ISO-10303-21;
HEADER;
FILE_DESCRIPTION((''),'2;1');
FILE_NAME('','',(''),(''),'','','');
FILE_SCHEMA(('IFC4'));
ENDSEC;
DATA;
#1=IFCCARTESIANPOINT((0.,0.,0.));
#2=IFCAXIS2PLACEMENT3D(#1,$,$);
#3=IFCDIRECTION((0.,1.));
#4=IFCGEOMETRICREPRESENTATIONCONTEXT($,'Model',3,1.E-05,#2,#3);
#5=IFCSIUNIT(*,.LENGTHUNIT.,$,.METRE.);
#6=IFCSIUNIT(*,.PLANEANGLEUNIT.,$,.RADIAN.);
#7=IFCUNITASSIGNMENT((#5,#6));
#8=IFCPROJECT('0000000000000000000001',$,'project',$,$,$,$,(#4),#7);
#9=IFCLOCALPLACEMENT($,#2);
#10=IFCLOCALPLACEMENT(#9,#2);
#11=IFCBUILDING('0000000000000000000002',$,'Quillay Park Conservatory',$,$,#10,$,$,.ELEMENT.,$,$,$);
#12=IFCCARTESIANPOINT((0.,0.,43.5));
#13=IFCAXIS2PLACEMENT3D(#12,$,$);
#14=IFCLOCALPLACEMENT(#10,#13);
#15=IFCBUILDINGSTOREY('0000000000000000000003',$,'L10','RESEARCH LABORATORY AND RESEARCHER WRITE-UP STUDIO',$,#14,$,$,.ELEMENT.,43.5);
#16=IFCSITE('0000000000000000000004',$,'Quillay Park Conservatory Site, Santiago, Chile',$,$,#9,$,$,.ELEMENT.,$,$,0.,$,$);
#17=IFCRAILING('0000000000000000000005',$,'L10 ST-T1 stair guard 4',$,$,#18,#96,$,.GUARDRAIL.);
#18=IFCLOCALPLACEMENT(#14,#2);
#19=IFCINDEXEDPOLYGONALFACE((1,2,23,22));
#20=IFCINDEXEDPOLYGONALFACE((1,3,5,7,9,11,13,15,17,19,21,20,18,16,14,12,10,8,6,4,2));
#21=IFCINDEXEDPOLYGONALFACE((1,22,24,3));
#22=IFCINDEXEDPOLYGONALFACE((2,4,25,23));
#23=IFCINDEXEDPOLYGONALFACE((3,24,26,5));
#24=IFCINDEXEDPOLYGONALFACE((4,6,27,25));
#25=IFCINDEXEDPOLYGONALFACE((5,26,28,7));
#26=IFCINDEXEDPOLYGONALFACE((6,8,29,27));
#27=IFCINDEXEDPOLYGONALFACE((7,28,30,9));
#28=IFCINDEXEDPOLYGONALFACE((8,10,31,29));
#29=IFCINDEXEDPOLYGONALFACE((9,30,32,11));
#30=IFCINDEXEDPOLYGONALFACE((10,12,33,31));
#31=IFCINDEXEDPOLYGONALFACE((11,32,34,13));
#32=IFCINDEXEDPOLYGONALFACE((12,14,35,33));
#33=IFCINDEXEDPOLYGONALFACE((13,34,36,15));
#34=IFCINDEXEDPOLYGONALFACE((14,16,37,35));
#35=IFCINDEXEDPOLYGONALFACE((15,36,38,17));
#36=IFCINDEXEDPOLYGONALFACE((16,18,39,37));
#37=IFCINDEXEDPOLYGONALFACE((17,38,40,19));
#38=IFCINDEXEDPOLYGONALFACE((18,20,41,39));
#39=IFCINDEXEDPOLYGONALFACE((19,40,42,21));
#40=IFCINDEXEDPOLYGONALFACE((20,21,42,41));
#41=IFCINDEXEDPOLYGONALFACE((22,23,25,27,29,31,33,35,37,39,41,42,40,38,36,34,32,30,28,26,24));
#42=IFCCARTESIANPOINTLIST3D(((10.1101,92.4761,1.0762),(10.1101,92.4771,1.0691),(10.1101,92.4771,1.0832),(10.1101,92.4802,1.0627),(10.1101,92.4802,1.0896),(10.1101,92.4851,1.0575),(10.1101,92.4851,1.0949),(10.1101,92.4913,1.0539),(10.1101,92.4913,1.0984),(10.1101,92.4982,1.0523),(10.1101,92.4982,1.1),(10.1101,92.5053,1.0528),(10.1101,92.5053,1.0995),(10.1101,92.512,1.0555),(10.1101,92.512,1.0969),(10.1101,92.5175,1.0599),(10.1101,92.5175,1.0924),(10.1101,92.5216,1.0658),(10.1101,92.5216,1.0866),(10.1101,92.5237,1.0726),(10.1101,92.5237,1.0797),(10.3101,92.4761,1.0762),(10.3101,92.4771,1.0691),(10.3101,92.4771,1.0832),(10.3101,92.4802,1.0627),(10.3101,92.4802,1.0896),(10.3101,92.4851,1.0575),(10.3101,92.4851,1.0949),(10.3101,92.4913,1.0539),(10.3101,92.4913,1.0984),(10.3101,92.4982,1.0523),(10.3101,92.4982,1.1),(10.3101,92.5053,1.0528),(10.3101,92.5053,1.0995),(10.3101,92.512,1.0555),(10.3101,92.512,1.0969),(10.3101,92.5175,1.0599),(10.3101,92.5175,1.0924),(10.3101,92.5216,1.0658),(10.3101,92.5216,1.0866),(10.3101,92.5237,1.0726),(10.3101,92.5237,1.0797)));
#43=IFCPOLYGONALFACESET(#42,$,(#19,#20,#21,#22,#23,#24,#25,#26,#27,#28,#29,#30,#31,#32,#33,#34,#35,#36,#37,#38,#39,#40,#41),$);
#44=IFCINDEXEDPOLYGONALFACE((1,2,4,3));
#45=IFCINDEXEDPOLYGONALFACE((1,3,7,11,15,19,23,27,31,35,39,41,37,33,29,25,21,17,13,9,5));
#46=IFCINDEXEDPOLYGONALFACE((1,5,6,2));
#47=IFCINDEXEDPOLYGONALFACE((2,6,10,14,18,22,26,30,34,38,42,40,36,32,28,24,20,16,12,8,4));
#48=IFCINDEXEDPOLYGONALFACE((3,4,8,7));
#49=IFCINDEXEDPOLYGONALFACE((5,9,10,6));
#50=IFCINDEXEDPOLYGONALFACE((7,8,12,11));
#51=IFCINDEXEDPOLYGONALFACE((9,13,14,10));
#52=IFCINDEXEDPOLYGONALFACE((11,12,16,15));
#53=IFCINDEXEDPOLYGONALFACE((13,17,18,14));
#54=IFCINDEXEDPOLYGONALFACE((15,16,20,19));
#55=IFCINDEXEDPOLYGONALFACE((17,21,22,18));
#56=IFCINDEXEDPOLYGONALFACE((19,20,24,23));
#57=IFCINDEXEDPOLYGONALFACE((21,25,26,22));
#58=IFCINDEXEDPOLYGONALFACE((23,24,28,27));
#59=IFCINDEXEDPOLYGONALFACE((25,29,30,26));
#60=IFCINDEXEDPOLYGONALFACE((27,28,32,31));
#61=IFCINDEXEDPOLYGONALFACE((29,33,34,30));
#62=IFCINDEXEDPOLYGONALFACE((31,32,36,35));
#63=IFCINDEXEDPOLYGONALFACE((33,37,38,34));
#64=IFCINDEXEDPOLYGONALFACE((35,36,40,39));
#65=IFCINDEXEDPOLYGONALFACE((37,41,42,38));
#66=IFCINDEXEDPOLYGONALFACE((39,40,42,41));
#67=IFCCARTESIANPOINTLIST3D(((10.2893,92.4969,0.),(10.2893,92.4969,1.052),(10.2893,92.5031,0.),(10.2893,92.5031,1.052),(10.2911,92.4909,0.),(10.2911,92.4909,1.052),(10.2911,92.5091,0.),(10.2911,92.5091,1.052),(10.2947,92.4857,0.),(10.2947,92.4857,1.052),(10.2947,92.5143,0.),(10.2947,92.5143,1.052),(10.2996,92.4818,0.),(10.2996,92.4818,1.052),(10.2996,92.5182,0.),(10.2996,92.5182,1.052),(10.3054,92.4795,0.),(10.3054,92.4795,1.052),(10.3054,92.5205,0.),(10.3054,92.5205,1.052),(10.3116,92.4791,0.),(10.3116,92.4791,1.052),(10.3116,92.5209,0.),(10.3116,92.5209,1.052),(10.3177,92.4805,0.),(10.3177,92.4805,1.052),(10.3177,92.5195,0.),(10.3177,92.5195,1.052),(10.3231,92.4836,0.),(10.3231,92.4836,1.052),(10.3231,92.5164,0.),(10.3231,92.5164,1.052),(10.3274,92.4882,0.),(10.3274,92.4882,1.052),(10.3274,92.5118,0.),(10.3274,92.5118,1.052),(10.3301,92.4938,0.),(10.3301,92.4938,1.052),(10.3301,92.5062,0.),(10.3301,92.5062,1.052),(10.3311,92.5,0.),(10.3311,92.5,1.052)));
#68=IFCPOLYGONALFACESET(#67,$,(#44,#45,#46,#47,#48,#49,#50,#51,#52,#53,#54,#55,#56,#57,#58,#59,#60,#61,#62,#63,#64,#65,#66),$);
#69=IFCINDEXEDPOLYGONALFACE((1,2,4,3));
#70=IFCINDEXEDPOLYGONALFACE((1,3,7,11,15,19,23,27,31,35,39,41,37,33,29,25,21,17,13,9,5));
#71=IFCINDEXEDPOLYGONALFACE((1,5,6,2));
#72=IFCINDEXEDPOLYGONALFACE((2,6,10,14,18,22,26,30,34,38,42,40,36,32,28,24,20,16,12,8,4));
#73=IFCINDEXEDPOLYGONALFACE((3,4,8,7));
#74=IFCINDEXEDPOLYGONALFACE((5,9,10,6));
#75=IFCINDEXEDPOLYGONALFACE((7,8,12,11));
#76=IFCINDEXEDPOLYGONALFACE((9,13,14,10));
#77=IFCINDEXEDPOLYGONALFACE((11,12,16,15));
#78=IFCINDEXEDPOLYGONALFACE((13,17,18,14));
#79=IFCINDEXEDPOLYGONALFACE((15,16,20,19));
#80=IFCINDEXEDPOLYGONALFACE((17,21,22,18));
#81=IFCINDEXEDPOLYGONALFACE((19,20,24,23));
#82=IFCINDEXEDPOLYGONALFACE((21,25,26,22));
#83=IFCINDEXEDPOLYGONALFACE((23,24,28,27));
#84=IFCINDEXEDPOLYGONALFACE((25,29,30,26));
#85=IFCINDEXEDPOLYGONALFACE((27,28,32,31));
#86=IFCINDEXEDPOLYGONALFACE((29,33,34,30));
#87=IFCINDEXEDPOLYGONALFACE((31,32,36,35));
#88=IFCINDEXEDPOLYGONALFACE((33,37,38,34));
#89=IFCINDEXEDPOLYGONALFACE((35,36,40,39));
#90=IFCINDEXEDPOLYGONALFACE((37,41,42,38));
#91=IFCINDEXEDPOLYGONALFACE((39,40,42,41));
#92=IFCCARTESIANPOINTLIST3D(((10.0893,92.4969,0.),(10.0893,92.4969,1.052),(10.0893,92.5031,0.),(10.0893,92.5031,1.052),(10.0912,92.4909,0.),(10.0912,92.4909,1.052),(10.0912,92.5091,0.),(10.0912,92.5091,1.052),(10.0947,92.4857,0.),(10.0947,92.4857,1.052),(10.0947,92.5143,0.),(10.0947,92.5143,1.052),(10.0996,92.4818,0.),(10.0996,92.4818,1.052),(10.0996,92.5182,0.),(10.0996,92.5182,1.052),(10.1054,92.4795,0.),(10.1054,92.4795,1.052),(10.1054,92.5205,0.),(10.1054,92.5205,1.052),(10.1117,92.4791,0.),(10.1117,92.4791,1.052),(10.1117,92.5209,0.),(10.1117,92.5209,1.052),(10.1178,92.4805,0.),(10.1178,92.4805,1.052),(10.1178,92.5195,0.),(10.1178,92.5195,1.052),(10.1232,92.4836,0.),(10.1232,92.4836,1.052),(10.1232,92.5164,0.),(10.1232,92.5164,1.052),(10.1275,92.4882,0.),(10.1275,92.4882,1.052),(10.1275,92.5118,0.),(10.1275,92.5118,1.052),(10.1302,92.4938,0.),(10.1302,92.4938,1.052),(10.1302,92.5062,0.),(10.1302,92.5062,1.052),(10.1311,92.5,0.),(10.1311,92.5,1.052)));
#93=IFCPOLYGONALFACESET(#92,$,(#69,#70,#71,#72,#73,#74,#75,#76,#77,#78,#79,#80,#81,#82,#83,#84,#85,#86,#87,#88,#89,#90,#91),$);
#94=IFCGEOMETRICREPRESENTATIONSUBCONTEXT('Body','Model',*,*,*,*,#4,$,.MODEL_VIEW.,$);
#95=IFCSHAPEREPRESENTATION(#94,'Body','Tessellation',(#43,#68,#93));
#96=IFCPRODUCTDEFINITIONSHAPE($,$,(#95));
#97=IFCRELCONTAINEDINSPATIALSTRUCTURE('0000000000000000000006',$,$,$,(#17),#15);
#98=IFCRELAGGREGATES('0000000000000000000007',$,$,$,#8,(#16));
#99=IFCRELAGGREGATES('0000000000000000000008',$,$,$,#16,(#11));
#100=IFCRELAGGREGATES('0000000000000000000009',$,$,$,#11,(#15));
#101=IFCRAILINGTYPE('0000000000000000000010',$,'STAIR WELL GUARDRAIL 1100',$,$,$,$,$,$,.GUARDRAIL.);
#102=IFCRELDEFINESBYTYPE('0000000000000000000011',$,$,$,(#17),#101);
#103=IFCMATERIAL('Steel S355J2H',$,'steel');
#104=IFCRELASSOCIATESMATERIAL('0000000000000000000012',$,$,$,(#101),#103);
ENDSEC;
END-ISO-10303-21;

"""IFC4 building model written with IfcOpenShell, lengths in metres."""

from ifc_helpers import new_model, si_unit, direction, frame, origin, origin_2d, place, context, subcontext, project, spatial, circle, extrude, material, type_object, element, save


model = new_model("IFC4")

# Units and contexts
model_context = context("Model", 3, precision=1e-05, world=origin(), true_north=direction((0.0, 1.0)))
body_context = subcontext(model_context, "Body", "Model", "MODEL_VIEW")
ifc_project = project(units=[si_unit("LENGTHUNIT", "METRE"), si_unit("PLANEANGLEUNIT", "RADIAN")], contexts=[model_context])

# Site, building, storey
site_placement = place(None, origin())
site = spatial("IfcSite", under=ifc_project, at=site_placement, Name="Quillay Park Conservatory Site, Santiago, Chile", CompositionType="ELEMENT", RefElevation=0.0)
building_placement = place(site_placement, origin())
building = spatial("IfcBuilding", under=site, at=building_placement, Name="Quillay Park Conservatory", CompositionType="ELEMENT")
storey_placement = place(building_placement, frame((0.0, 0.0, 43.5)))
storey = spatial("IfcBuildingStorey", under=building, at=storey_placement, Name="L10", Description="RESEARCH LABORATORY AND RESEARCHER WRITE-UP STUDIO", CompositionType="ELEMENT", Elevation=43.5)

# Railing
ifc_material_1 = material(Name="Steel S355J2H", Category="steel")
railing_type_1 = type_object("IfcRailingType", Name="STAIR WELL GUARDRAIL 1100", PredefinedType="GUARDRAIL", material=ifc_material_1)
railing_1_placement = place(storey_placement, frame((10.3101, 92.5, 0.0)))
element("IfcRailing", 1, at=railing_1_placement, inside=storey, type_object=railing_type_1, Name="L10 ST-T1 stair guard 4", PredefinedType="GUARDRAIL", context=body_context, shape_type="SweptSolid", body=[
    extrude(circle(Radius=0.0239, at=origin_2d()), frame((0.0, 0.0, 1.0762), z_axis=(-1.0, 0.0, 0.0), x_axis=(0.0, -1.0, 0.0)), (0.0, 0.0, 1.0), 0.2),
    extrude(circle(Radius=0.021, at=origin_2d()), origin(), (0.0, 0.0, 1.0), 1.052),
    extrude(circle(Radius=0.021, at=origin_2d()), frame((-0.2, 0.0, 0.0)), (0.0, 0.0, 1.0), 1.052),
])

save(model, "model.ifc")
